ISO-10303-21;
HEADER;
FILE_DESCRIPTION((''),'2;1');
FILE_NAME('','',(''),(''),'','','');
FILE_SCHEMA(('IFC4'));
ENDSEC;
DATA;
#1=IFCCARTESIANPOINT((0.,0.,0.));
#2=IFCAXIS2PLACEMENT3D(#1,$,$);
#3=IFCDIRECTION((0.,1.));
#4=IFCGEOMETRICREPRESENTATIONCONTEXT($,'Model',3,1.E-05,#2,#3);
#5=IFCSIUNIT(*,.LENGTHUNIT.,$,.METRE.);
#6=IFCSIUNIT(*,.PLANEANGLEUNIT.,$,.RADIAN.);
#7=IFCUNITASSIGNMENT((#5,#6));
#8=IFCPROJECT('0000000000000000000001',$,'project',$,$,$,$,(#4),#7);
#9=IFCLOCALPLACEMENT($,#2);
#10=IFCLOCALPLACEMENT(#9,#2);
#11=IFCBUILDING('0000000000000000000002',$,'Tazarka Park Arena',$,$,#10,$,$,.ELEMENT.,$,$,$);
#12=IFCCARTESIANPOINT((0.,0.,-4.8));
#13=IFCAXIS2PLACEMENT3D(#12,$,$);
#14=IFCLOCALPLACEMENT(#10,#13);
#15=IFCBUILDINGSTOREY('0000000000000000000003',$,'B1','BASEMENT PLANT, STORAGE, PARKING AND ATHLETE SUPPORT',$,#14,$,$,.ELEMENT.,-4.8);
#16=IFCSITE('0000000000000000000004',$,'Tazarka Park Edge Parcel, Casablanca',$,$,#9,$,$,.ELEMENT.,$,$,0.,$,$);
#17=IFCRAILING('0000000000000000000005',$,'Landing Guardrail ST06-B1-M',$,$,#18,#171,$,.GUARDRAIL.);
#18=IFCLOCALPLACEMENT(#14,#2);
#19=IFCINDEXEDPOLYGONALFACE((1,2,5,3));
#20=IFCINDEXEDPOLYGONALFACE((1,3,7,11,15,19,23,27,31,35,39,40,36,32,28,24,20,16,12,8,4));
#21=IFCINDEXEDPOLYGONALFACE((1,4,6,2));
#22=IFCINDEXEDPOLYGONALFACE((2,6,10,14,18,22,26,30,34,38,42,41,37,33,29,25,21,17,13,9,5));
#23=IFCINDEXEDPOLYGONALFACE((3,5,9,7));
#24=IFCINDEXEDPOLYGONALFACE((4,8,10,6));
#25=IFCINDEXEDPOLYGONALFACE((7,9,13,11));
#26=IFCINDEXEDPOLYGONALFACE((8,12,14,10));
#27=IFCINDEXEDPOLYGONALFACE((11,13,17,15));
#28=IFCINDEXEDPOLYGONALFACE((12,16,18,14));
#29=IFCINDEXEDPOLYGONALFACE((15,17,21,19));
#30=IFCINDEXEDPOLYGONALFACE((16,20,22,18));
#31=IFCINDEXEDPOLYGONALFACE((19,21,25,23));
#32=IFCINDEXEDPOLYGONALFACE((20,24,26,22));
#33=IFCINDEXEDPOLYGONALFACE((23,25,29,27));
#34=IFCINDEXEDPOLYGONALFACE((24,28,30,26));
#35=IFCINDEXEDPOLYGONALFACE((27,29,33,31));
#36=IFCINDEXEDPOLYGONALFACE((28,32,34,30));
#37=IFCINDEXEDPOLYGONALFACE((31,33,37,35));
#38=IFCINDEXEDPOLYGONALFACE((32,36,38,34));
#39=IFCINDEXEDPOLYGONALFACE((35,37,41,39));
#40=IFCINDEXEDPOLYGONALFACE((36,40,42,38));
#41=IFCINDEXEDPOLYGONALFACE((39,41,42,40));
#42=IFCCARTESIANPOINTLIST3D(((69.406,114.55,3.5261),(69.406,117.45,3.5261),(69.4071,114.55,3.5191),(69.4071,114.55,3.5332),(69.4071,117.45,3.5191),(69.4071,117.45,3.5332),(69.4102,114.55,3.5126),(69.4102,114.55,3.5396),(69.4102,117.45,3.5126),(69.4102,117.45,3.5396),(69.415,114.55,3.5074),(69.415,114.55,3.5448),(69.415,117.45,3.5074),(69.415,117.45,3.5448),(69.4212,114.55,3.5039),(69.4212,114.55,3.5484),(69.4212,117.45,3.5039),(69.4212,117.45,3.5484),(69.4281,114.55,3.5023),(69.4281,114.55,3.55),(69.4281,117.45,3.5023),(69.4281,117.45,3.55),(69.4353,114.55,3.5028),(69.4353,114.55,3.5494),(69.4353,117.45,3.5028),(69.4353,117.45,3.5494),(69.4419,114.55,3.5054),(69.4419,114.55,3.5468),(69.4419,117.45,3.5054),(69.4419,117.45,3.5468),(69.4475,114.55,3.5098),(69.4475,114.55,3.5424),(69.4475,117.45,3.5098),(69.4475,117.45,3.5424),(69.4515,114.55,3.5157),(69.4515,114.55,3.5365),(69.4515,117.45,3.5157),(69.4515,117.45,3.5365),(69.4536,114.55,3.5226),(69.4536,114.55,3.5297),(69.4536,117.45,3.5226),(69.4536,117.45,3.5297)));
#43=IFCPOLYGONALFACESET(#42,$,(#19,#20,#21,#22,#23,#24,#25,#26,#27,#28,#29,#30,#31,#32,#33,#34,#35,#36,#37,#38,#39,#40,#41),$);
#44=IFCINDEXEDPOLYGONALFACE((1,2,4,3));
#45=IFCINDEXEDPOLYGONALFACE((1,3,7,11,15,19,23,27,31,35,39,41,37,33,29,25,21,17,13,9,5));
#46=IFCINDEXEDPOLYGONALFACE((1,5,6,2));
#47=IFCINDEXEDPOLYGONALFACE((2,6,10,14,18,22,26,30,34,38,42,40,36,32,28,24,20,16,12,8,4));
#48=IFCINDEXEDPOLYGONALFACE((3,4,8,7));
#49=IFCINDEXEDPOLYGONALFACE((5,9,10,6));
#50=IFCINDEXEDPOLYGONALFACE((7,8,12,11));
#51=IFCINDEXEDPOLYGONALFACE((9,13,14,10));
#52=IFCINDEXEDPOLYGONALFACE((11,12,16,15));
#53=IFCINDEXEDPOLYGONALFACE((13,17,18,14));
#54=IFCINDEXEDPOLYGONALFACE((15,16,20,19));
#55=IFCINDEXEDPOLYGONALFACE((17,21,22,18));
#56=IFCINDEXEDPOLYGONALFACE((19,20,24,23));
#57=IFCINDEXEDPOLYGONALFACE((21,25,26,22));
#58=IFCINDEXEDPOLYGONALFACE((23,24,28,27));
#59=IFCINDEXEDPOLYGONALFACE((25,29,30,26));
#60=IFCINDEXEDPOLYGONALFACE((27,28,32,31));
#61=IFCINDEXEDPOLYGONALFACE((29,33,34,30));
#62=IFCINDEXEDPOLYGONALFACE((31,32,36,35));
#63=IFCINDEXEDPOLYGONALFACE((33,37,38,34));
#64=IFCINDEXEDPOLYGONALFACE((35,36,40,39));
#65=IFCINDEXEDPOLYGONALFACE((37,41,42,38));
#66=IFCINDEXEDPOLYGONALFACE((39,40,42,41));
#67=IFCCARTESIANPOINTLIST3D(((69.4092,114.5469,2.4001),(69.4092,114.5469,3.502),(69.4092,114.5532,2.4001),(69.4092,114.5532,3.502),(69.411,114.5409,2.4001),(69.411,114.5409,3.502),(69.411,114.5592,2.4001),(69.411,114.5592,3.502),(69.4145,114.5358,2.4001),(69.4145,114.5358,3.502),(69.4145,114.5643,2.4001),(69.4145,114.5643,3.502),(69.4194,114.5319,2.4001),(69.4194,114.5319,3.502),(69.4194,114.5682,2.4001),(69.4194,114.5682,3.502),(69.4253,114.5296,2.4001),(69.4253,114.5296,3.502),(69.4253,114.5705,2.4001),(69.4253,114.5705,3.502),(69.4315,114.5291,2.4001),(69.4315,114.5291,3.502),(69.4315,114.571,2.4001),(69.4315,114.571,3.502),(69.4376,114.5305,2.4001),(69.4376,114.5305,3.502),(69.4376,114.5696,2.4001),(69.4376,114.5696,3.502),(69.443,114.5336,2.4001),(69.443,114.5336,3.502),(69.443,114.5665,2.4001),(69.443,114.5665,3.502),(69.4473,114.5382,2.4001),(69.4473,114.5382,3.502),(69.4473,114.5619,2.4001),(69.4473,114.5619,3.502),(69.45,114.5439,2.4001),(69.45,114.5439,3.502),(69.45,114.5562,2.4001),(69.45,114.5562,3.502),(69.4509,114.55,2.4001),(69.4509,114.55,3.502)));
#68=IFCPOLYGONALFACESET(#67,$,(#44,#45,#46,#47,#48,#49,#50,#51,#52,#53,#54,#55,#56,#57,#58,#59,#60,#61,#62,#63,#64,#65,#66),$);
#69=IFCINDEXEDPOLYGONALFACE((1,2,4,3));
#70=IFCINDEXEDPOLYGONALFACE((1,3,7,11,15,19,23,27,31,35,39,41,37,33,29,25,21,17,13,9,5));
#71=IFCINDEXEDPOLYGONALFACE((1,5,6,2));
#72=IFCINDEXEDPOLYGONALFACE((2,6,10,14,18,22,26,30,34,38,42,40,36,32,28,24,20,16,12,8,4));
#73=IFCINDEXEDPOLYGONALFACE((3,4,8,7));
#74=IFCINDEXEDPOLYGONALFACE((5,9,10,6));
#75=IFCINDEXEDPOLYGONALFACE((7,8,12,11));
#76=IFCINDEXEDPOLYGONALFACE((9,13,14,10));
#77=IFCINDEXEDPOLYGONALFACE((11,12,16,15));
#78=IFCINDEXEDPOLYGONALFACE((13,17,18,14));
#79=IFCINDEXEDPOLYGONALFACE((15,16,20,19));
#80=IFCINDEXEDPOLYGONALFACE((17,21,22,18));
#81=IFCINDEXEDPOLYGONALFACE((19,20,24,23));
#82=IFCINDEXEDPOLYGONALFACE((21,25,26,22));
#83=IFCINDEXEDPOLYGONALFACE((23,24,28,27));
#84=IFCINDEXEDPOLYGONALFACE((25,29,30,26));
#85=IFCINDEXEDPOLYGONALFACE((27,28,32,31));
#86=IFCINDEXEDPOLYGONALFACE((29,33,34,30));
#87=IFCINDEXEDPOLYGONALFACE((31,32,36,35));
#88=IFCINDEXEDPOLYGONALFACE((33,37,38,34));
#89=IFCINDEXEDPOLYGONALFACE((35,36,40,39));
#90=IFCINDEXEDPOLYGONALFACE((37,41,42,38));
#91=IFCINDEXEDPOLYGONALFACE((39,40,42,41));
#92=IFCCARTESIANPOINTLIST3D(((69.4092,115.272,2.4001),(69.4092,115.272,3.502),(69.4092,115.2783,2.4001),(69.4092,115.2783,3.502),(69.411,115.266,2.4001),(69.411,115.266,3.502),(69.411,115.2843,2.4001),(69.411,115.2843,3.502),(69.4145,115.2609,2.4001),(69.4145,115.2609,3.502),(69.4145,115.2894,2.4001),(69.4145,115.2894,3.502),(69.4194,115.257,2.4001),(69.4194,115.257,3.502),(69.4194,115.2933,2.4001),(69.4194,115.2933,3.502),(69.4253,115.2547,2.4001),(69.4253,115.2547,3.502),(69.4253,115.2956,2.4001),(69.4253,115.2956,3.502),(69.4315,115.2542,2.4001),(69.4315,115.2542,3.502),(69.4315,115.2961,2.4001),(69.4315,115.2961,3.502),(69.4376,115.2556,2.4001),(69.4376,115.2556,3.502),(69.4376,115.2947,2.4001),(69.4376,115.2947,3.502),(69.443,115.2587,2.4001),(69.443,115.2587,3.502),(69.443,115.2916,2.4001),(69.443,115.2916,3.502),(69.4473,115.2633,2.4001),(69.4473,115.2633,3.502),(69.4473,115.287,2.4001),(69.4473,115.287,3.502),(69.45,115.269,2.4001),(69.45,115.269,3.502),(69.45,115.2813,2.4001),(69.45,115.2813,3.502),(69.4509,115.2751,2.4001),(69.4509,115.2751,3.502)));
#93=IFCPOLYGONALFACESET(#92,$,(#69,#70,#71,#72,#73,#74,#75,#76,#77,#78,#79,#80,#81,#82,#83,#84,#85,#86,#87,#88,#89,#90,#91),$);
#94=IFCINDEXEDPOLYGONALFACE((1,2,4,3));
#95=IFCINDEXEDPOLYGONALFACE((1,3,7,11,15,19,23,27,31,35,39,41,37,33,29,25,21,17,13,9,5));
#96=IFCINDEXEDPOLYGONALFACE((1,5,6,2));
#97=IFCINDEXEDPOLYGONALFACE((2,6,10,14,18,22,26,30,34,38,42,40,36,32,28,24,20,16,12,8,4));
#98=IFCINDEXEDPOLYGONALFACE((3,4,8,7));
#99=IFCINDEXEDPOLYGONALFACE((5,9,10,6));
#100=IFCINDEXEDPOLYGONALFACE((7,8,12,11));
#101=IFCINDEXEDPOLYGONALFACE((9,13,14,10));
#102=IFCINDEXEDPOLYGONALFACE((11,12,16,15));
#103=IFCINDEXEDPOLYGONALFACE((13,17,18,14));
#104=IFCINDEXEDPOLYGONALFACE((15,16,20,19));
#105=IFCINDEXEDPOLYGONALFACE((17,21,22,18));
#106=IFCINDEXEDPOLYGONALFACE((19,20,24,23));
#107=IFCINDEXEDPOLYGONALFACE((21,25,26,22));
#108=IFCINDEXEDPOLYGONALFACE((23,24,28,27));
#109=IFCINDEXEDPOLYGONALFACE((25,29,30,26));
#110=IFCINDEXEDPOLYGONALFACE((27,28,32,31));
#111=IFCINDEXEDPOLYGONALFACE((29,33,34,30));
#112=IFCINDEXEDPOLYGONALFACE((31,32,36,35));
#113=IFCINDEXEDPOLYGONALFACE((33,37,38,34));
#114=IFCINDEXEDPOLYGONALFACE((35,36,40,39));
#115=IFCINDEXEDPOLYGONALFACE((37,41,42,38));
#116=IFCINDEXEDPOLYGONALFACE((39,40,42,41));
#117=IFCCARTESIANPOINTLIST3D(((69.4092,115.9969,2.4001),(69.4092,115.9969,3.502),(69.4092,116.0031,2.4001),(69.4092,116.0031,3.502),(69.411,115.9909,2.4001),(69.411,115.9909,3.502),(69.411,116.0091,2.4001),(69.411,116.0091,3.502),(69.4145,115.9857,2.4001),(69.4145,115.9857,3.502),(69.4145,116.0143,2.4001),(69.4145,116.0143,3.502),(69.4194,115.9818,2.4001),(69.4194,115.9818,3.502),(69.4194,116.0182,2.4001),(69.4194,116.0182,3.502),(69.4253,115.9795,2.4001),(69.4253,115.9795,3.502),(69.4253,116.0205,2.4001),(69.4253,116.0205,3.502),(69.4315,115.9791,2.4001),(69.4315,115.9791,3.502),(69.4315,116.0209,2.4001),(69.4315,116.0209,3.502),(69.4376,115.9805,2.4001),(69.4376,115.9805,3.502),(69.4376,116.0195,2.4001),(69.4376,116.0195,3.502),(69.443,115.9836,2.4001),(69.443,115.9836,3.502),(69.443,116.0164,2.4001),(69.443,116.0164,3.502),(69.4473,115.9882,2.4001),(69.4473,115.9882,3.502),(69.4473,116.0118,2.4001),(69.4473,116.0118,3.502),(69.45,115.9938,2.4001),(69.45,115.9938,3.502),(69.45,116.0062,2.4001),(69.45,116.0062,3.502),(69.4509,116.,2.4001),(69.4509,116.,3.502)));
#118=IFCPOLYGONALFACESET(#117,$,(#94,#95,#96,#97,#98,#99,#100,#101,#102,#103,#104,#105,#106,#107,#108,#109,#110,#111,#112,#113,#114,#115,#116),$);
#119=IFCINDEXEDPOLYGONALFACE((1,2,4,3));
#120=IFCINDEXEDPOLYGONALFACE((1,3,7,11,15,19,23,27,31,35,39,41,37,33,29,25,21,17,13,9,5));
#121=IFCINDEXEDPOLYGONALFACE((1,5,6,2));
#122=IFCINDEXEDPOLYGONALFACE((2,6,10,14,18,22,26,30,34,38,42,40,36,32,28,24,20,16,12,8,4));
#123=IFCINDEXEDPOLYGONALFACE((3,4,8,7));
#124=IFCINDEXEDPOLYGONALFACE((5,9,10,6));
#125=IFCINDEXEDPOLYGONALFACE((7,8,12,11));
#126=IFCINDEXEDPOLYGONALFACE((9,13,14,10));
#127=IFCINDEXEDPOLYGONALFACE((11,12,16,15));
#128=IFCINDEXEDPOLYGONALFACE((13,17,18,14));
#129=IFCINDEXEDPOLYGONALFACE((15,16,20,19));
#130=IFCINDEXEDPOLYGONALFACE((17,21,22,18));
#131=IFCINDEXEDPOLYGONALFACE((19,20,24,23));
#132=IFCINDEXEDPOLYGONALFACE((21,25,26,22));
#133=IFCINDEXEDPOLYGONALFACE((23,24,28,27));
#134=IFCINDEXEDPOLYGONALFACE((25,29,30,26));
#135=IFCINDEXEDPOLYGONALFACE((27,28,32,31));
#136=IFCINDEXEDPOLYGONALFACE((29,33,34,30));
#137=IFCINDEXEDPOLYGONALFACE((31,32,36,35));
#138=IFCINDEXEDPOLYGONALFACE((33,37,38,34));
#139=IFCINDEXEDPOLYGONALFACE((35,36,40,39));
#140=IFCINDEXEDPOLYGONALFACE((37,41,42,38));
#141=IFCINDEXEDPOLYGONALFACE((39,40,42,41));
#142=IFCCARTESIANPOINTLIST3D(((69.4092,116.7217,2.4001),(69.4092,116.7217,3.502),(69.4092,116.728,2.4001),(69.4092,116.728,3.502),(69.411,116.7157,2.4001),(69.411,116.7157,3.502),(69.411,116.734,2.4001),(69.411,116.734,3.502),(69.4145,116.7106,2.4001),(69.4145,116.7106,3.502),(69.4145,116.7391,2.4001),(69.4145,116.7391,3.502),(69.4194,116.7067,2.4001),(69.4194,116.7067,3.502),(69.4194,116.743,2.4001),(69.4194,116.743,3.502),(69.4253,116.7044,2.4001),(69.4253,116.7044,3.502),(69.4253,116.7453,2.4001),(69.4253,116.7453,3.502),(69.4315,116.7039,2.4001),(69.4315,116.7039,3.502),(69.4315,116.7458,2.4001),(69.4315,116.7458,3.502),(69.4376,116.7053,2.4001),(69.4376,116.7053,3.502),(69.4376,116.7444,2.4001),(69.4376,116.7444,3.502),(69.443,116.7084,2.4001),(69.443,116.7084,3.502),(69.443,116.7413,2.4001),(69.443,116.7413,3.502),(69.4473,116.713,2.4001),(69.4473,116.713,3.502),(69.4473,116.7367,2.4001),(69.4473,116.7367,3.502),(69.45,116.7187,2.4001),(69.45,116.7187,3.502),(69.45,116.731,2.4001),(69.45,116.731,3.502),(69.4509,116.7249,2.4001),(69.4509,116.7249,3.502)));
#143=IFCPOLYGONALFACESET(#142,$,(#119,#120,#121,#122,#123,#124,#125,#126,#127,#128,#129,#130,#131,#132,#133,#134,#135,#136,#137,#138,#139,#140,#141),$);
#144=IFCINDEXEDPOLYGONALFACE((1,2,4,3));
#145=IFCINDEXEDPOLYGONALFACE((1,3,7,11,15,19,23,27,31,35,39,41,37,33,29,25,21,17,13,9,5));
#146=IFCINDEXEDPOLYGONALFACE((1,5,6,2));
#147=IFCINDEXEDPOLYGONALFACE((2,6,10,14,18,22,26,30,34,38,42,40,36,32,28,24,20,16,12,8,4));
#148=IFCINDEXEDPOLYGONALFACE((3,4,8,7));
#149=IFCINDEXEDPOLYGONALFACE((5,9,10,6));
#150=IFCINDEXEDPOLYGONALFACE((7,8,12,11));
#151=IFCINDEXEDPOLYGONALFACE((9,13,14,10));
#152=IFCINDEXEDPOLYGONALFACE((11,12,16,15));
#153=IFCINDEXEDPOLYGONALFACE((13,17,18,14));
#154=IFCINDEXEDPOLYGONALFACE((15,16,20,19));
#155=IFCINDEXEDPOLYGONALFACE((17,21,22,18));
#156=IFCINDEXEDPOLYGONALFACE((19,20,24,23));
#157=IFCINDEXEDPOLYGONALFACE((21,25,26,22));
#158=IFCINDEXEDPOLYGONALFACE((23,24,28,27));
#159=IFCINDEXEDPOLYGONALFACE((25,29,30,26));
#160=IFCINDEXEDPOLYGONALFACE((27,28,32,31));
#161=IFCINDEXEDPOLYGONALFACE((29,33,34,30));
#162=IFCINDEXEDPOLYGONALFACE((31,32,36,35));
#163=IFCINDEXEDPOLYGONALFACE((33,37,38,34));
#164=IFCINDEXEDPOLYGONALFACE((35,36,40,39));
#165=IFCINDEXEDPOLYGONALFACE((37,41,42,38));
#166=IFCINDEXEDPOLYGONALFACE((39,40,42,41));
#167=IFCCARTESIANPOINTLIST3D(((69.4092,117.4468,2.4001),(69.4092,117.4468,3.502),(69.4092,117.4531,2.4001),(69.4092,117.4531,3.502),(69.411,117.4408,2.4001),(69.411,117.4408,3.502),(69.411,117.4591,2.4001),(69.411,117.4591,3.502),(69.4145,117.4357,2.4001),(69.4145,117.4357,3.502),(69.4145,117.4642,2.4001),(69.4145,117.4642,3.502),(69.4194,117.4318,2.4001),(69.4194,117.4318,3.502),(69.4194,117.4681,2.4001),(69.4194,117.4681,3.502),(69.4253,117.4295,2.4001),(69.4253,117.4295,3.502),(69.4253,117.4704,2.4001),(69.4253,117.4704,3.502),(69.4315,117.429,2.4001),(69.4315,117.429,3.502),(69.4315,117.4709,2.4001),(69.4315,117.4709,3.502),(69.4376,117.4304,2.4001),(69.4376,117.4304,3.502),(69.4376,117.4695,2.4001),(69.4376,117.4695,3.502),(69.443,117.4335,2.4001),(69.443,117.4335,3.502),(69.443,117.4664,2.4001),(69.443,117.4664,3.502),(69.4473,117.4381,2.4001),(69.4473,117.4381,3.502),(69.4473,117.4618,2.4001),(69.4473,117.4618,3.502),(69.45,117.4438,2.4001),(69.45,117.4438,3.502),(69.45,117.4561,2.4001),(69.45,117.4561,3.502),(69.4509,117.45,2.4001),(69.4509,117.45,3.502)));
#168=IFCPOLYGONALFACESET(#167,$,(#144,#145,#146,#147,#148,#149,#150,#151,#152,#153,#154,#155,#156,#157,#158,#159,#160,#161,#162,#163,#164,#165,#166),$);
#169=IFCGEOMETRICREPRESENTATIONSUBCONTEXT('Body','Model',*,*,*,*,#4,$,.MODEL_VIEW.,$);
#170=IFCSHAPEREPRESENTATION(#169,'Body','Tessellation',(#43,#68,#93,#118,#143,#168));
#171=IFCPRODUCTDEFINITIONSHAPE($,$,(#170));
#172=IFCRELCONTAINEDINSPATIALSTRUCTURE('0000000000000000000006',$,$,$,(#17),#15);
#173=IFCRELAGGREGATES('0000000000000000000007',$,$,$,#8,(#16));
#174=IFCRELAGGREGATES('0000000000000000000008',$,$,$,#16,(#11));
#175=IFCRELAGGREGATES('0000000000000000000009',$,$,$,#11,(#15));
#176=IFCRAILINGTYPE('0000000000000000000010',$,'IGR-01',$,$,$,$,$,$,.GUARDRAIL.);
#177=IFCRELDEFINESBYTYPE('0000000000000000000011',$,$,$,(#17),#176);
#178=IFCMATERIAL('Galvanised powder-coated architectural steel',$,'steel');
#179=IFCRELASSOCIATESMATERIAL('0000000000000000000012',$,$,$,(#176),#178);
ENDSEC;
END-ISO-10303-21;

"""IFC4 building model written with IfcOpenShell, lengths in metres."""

from ifc_helpers import new_model, si_unit, direction, frame, origin, origin_2d, place, context, subcontext, project, spatial, circle, extrude, material, type_object, element, save


model = new_model("IFC4")

# Units and contexts
model_context = context("Model", 3, precision=1e-05, world=origin(), true_north=direction((0.0, 1.0)))
body_context = subcontext(model_context, "Body", "Model", "MODEL_VIEW")
ifc_project = project(units=[si_unit("LENGTHUNIT", "METRE"), si_unit("PLANEANGLEUNIT", "RADIAN")], contexts=[model_context])

# Site, building, storey
site_placement = place(None, origin())
site = spatial("IfcSite", under=ifc_project, at=site_placement, Name="Tazarka Park Edge Parcel, Casablanca", CompositionType="ELEMENT", RefElevation=0.0)
building_placement = place(site_placement, origin())
building = spatial("IfcBuilding", under=site, at=building_placement, Name="Tazarka Park Arena", CompositionType="ELEMENT")
storey_placement = place(building_placement, frame((0.0, 0.0, -4.8)))
storey = spatial("IfcBuildingStorey", under=building, at=storey_placement, Name="B1", Description="BASEMENT PLANT, STORAGE, PARKING AND ATHLETE SUPPORT", CompositionType="ELEMENT", Elevation=-4.8)

# Railing
ifc_material_1 = material(Name="Galvanised powder-coated architectural steel", Category="steel")
railing_type_1 = type_object("IfcRailingType", Name="IGR-01", PredefinedType="GUARDRAIL", material=ifc_material_1)
railing_1_placement = place(storey_placement, frame((69.4299, 114.55, 2.4001)))
element("IfcRailing", 1, at=railing_1_placement, inside=storey, type_object=railing_type_1, Name="Landing Guardrail ST06-B1-M", PredefinedType="GUARDRAIL", context=body_context, shape_type="SweptSolid", body=[
    extrude(circle(Radius=0.0239, at=origin_2d()), frame((0.0, 0.0, 1.126), z_axis=(0.0, 1.0, 0.0), x_axis=(-1.0, 0.0, 0.0)), (0.0, 0.0, 1.0), 2.8999),
    extrude(circle(Radius=0.021, at=origin_2d()), origin(), (0.0, 0.0, 1.0), 1.1018),
    extrude(circle(Radius=0.021, at=origin_2d()), frame((0.0, 0.7251, 0.0)), (0.0, 0.0, 1.0), 1.1018),
    extrude(circle(Radius=0.021, at=origin_2d()), frame((0.0, 1.45, 0.0)), (0.0, 0.0, 1.0), 1.1018),
    extrude(circle(Radius=0.021, at=origin_2d()), frame((0.0, 2.1748, 0.0)), (0.0, 0.0, 1.0), 1.1018),
    extrude(circle(Radius=0.021, at=origin_2d()), frame((0.0, 2.8999, 0.0)), (0.0, 0.0, 1.0), 1.1018),
])

save(model, "model.ifc")
